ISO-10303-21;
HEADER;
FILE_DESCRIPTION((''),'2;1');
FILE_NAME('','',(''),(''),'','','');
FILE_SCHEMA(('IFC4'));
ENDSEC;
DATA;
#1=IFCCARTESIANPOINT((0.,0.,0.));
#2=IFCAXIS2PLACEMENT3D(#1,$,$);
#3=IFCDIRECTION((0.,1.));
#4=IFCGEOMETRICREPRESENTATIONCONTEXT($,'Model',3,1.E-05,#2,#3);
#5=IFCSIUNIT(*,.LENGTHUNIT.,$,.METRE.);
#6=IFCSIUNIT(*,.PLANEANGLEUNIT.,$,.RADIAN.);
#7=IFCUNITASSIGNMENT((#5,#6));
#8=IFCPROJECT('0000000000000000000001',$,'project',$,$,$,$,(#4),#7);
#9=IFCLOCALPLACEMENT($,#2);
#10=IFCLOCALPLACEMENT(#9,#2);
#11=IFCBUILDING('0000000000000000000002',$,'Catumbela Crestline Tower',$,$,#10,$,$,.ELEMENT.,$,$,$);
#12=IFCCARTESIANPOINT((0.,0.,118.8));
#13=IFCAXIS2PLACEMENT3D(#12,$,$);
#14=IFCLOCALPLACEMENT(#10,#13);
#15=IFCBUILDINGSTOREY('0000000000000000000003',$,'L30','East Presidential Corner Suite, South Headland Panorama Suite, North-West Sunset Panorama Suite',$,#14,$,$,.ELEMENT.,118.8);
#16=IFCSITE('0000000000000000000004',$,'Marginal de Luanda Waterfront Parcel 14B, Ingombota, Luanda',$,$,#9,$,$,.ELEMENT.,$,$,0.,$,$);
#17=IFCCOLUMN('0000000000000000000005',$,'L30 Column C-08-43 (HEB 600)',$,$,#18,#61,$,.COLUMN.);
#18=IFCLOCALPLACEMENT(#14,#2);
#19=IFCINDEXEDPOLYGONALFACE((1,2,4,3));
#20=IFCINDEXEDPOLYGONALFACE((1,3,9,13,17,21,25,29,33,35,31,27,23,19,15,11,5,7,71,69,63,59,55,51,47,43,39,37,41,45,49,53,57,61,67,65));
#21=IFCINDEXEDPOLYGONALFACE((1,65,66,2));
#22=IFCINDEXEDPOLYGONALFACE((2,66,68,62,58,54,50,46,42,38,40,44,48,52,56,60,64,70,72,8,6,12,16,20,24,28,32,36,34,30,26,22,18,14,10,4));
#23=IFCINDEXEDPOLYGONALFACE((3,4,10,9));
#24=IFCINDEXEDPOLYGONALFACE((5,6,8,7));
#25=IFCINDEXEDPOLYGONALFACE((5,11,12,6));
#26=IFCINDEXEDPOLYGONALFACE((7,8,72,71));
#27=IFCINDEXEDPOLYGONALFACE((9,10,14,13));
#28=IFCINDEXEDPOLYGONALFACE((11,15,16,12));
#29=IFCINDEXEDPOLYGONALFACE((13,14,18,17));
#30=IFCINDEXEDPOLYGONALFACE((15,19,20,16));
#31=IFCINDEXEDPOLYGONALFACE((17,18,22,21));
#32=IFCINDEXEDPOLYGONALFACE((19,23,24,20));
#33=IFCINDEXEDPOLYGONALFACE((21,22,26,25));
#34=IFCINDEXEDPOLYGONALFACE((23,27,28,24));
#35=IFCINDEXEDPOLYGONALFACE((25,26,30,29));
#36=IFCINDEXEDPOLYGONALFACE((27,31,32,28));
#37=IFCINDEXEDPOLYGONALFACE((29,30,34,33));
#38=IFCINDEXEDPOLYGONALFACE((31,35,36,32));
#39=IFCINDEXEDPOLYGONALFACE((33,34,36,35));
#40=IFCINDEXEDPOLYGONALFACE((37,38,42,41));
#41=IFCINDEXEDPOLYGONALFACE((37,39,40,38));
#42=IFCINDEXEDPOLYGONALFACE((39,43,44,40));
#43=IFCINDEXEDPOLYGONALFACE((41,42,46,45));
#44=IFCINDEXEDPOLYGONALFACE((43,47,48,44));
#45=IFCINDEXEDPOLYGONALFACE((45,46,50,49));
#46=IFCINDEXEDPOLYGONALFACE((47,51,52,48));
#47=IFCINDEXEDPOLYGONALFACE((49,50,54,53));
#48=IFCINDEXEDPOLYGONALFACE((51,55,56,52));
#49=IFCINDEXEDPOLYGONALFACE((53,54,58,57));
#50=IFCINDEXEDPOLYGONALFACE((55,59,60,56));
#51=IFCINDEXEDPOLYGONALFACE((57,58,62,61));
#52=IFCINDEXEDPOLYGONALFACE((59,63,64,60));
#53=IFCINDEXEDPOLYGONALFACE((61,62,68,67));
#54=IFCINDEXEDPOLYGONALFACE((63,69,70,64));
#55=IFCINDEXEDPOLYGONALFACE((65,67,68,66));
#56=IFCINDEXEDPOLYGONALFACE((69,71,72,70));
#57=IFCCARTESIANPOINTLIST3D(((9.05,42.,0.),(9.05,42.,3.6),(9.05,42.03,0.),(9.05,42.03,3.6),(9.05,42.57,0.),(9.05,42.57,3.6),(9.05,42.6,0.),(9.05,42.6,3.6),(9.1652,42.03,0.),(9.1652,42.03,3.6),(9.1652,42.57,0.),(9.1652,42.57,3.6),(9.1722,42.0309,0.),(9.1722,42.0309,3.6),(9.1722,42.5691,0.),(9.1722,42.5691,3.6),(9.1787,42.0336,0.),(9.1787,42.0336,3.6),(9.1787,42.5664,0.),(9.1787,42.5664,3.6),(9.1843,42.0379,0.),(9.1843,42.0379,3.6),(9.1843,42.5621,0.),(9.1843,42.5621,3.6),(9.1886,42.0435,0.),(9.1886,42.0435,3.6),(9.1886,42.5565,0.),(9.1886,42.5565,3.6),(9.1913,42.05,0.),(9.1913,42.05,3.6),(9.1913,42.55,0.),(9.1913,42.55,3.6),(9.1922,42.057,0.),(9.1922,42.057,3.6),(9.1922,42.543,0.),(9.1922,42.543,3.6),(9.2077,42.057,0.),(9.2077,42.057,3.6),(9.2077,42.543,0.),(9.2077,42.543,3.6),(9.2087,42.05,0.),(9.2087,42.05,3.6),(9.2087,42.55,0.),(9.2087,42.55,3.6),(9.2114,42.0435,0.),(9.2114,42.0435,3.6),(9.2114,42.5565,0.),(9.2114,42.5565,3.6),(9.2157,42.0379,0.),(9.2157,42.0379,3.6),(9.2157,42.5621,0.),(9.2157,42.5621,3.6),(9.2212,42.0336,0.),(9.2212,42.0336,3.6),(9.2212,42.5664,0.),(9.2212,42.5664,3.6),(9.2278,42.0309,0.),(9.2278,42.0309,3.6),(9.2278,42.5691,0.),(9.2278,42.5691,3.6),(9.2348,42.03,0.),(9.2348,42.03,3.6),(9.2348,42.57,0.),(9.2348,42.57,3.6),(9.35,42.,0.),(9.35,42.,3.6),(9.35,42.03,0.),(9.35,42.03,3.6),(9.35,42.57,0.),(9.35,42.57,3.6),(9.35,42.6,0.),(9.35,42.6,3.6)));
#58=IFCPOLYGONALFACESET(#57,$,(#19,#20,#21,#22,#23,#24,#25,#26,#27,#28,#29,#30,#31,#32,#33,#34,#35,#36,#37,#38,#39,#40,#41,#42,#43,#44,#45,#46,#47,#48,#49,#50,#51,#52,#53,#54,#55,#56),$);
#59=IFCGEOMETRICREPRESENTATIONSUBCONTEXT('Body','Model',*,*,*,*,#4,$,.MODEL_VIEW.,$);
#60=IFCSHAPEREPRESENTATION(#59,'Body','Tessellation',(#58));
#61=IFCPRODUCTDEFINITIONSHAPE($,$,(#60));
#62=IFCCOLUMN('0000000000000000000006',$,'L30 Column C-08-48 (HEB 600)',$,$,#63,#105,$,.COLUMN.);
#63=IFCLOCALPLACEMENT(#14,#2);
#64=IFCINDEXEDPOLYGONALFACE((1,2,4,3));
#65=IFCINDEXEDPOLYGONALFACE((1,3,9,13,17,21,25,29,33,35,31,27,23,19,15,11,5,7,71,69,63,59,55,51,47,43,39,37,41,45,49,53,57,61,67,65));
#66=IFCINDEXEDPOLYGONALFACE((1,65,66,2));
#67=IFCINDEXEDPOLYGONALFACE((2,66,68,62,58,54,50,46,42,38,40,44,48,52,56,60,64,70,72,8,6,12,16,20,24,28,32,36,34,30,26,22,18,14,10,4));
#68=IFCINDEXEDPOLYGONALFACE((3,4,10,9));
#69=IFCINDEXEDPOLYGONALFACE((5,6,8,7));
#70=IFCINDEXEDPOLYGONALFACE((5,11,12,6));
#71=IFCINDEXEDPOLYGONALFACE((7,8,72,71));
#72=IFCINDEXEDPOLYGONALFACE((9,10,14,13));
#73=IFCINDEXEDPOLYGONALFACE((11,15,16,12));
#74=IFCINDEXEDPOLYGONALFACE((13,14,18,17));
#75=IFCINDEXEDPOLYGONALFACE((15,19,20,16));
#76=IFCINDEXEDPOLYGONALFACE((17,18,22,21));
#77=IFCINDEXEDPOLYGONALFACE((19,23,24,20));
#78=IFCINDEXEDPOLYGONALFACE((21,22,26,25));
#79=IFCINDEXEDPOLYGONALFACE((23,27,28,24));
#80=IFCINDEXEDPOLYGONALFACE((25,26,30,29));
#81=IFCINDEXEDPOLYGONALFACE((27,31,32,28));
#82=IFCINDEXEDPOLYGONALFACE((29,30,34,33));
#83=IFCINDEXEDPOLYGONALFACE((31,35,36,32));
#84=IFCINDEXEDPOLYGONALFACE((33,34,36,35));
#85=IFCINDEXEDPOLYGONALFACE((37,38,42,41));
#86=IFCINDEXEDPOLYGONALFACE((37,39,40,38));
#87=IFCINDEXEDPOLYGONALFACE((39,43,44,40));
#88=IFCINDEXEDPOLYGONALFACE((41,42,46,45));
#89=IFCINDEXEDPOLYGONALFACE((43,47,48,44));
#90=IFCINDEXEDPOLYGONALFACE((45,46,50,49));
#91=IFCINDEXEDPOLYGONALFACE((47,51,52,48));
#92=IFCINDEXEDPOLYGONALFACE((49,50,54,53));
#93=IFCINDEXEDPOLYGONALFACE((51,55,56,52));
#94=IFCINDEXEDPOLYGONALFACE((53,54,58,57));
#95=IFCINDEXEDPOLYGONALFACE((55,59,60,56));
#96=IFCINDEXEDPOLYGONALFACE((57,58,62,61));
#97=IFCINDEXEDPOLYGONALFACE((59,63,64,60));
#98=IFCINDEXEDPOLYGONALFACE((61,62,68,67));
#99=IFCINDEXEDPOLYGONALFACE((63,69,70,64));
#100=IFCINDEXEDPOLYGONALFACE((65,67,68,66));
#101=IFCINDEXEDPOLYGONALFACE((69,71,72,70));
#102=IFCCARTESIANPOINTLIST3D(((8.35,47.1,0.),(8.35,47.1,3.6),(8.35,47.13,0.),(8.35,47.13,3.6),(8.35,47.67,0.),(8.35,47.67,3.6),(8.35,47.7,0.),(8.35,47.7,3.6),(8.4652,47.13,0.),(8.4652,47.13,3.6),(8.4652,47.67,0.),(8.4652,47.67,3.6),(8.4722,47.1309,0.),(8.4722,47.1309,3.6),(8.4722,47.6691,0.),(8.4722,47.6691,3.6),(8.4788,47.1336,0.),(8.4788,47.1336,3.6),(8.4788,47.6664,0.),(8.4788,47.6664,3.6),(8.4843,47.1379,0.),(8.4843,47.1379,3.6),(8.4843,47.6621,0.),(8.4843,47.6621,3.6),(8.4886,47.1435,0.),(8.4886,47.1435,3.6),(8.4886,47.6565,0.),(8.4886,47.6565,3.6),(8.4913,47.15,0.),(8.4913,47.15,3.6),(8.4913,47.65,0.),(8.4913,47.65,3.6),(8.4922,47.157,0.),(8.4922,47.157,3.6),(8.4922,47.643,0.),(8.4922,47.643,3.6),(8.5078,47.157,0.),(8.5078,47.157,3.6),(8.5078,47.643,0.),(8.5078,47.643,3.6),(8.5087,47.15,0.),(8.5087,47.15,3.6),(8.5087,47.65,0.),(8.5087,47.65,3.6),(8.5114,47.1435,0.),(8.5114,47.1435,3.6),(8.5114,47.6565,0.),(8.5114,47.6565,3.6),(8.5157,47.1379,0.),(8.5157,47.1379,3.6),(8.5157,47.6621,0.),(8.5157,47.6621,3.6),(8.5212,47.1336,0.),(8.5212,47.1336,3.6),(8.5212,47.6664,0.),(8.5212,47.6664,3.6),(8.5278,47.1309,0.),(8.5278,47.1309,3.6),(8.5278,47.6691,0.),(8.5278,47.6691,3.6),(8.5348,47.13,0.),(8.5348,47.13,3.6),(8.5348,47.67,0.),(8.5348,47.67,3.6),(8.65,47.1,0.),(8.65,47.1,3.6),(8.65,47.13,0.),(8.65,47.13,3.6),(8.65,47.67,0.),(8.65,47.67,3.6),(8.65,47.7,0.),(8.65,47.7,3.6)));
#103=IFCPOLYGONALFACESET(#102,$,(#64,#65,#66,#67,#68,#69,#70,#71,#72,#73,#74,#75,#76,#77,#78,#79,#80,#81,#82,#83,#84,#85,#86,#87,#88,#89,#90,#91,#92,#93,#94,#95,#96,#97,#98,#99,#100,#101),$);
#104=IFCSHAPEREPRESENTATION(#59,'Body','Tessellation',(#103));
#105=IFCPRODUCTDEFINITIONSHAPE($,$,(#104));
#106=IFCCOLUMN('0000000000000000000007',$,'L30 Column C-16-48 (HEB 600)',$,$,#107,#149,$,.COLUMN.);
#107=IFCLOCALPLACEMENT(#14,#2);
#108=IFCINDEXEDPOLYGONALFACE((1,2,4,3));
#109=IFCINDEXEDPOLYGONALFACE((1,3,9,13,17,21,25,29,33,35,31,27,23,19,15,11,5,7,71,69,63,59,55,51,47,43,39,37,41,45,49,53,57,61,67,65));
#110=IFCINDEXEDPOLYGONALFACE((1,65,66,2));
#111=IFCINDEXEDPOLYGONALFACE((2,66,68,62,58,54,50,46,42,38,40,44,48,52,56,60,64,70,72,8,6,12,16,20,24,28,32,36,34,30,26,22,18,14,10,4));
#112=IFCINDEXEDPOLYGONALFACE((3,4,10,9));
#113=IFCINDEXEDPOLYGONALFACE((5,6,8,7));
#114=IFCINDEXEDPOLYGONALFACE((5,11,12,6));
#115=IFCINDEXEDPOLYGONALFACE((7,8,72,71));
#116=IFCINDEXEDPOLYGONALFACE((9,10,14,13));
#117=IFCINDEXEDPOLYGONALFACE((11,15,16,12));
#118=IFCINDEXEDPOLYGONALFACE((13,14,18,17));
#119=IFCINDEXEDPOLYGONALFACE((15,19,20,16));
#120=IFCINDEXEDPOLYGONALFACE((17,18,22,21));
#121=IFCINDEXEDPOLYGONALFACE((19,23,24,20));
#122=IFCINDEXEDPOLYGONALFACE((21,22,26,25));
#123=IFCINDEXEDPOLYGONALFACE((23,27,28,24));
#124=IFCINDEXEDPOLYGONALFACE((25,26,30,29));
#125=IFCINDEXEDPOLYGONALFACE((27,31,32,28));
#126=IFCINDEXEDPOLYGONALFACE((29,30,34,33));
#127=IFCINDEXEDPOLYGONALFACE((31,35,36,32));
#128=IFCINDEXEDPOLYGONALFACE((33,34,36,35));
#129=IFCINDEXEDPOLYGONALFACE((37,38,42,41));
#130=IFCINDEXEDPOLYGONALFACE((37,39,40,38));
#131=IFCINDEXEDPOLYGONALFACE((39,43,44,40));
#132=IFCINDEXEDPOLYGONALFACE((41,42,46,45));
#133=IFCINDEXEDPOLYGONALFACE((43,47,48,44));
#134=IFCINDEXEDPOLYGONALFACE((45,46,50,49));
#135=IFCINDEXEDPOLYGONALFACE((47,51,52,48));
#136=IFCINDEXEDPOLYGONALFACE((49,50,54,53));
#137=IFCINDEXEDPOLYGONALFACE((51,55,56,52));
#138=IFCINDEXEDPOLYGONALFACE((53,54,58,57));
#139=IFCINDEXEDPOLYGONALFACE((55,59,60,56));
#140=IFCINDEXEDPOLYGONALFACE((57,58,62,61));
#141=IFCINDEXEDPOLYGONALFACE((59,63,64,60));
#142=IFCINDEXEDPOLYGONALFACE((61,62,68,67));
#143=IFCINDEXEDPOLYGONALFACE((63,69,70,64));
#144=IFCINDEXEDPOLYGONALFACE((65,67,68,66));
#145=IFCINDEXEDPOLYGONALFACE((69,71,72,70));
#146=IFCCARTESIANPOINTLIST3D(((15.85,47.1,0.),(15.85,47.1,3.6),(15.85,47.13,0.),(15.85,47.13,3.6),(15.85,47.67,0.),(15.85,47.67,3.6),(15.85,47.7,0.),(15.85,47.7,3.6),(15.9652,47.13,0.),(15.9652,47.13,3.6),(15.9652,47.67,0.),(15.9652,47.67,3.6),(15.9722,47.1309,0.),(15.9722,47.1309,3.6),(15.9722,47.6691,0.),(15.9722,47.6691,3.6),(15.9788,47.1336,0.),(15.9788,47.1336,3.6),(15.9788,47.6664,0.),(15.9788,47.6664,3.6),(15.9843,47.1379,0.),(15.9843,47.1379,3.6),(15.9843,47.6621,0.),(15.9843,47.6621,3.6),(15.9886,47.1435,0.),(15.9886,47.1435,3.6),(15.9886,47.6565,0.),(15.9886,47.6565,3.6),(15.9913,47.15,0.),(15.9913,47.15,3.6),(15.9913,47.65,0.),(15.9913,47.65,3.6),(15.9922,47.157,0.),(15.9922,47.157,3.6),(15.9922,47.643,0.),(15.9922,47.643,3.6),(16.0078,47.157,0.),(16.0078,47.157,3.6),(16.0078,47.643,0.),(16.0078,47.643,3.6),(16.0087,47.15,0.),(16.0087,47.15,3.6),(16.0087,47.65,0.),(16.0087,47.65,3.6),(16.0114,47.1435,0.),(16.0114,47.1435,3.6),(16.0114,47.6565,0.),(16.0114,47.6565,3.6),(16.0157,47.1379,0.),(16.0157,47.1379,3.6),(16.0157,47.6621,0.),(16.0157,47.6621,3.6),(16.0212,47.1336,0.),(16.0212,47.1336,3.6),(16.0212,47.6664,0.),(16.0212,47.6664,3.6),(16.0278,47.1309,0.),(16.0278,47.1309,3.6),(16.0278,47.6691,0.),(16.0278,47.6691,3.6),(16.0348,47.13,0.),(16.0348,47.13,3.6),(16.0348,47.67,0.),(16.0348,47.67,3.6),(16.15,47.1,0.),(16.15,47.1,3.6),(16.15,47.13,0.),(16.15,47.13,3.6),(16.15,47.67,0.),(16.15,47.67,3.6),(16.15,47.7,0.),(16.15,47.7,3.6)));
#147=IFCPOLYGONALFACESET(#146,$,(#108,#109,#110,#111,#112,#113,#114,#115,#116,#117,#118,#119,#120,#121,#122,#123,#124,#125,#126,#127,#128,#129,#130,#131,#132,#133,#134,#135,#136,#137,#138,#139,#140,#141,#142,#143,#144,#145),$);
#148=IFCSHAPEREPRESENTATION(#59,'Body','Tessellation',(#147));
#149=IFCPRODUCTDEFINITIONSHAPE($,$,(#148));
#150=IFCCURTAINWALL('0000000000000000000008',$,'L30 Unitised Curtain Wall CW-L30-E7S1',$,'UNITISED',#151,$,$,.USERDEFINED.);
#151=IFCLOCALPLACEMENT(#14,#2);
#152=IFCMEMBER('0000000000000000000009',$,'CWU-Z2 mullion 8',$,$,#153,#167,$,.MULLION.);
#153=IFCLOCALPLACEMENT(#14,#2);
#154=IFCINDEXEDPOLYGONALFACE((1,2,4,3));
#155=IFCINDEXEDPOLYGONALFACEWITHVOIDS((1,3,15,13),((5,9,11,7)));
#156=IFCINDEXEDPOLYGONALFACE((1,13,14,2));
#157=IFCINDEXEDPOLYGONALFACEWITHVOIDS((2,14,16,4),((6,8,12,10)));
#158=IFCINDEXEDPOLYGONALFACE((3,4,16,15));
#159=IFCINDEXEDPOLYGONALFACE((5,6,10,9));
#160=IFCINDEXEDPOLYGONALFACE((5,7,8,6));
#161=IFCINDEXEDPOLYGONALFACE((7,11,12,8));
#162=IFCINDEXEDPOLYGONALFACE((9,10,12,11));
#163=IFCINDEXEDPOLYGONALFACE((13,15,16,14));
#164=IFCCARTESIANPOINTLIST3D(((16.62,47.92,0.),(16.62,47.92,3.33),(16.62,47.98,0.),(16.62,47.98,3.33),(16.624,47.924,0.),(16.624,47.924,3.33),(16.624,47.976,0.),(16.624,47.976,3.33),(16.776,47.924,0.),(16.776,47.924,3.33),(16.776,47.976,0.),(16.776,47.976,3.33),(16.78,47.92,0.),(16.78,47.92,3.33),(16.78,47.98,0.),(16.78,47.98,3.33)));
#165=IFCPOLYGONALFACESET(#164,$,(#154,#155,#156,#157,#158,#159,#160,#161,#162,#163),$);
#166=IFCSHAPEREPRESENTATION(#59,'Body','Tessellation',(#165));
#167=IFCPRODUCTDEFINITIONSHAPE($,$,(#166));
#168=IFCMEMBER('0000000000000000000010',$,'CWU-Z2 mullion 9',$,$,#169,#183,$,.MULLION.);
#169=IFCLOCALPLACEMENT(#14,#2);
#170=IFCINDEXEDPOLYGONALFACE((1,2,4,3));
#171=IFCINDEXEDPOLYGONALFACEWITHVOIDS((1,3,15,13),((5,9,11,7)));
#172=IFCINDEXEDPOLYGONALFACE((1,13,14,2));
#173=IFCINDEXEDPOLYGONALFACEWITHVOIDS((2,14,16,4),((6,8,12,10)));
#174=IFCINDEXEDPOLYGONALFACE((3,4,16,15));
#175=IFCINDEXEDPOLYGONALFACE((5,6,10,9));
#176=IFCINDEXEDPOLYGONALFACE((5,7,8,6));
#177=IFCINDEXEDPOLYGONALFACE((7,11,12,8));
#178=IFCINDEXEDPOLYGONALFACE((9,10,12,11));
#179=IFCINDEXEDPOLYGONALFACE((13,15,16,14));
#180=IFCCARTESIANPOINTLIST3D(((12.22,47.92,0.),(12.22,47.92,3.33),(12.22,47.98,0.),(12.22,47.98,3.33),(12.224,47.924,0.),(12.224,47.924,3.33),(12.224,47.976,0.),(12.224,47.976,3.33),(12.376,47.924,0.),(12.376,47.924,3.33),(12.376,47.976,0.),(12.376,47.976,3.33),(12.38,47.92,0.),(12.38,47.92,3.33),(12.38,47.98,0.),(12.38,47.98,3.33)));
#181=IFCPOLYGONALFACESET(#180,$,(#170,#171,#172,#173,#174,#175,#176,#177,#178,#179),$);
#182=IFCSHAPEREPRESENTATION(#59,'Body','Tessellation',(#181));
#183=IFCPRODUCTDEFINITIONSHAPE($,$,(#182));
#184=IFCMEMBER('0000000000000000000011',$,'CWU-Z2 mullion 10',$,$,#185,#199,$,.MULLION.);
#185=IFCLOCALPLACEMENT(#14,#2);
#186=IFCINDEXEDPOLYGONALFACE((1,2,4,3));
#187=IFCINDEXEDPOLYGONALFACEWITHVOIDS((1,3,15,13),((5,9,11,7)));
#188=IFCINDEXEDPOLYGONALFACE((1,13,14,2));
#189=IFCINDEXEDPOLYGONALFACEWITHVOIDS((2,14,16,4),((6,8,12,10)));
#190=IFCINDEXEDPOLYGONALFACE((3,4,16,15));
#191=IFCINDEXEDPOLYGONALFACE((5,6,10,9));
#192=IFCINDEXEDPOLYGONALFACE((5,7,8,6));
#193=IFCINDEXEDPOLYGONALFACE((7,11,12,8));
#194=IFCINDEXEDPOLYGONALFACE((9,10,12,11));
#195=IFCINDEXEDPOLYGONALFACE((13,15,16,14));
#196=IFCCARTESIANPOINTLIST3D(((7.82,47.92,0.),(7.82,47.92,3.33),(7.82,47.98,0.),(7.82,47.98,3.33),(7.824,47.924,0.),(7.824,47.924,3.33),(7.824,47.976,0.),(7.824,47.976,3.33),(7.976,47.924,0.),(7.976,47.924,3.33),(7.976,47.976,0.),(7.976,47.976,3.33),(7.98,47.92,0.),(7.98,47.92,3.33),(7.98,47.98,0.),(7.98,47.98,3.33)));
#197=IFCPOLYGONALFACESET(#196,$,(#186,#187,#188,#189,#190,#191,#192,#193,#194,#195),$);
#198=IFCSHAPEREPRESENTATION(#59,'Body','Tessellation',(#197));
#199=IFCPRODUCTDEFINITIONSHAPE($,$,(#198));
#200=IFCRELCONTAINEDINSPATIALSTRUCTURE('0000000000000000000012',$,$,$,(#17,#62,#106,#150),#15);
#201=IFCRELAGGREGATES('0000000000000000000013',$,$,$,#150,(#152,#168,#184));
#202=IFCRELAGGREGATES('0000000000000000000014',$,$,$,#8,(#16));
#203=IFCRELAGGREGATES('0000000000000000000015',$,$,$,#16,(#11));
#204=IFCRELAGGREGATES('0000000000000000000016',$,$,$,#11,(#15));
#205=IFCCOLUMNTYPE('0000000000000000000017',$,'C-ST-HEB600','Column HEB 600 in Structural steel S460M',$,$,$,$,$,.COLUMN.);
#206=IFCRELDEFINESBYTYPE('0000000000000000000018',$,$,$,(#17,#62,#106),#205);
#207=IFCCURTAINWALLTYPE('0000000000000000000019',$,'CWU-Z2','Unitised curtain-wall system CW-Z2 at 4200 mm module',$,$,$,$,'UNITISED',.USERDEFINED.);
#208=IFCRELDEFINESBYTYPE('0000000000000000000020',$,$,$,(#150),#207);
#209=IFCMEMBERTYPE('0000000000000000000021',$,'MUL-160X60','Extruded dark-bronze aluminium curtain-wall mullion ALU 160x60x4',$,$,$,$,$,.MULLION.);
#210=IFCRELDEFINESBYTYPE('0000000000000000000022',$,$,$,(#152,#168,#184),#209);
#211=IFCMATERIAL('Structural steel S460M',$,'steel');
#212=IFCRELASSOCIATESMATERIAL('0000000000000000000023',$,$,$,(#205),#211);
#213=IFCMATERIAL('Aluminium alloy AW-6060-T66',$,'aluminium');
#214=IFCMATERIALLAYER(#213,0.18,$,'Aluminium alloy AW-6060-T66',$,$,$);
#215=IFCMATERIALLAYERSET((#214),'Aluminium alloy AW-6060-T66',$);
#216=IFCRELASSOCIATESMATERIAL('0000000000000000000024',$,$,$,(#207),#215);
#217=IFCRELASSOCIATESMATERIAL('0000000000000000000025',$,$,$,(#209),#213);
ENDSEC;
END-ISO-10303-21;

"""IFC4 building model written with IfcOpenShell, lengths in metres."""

from ifc_helpers import new_model, si_unit, direction, frame, origin, origin_2d, place, context, subcontext, project, spatial, hollow_rectangle, i_section, extrude, material, layer, layer_set, material_profile, profile_set, type_object, element, aggregate, save


model = new_model("IFC4")

# Units and contexts
model_context = context("Model", 3, precision=1e-05, world=origin(), true_north=direction((0.0, 1.0)))
body_context = subcontext(model_context, "Body", "Model", "MODEL_VIEW")
ifc_project = project(units=[si_unit("LENGTHUNIT", "METRE"), si_unit("PLANEANGLEUNIT", "RADIAN")], contexts=[model_context])

# Site, building, storey
site_placement = place(None, origin())
site = spatial("IfcSite", under=ifc_project, at=site_placement, Name="Marginal de Luanda Waterfront Parcel 14B, Ingombota, Luanda", CompositionType="ELEMENT", RefElevation=0.0)
building_placement = place(site_placement, origin())
building = spatial("IfcBuilding", under=site, at=building_placement, Name="Catumbela Crestline Tower", CompositionType="ELEMENT")
storey_placement = place(building_placement, frame((0.0, 0.0, 118.8)))
storey = spatial("IfcBuildingStorey", under=building, at=storey_placement, Name="L30", Description="East Presidential Corner Suite, South Headland Panorama Suite, North-West Sunset Panorama Suite", CompositionType="ELEMENT", Elevation=118.8)

# Columns
ifc_material_1 = material(Name="Structural steel S460M", Category="steel")
ifc_material_profile_1 = material_profile(ifc_material_1, i_section(OverallWidth=0.3, OverallDepth=0.6, WebThickness=0.0155, FlangeThickness=0.03, FilletRadius=0.027, at=origin_2d()), Name="HEB 600")
ifc_profile_set_1 = profile_set([ifc_material_profile_1], Name="Structural steel S460M")
column_type = type_object("IfcColumnType", Name="C-ST-HEB600", Description="Column HEB 600 in Structural steel S460M", PredefinedType="COLUMN", material=ifc_profile_set_1)
for number, where, z_axis, x_axis, name in (
    (1, (9.2, 42.3, 0.0), (0.0, 0.0, 1.0), (1.0, 0.0, 0.0), "L30 Column C-08-43 (HEB 600)"),
    (2, (8.5, 47.4, 0.0), (0.0, 0.0, 1.0), (1.0, 0.0, 0.0), "L30 Column C-08-48 (HEB 600)"),
    (3, (16.0, 47.4, 0.0), (0.0, 0.0, 1.0), (1.0, 0.0, 0.0), "L30 Column C-16-48 (HEB 600)"),
):
    element("IfcColumn", number, at=place(storey_placement, frame(where, z_axis=z_axis, x_axis=x_axis)), inside=storey, type_object=column_type, Name=name, PredefinedType="COLUMN", context=body_context, shape_type="SweptSolid", body=[
        extrude(i_section(OverallWidth=0.3, OverallDepth=0.6, WebThickness=0.0155, FlangeThickness=0.03, FilletRadius=0.027, at=origin_2d()), origin(), (0.0, 0.0, 1.0), 3.6),
    ])

# Curtain wall, members
ifc_material_2 = material(Name="Aluminium alloy AW-6060-T66", Category="aluminium")
ifc_layer_1 = layer(ifc_material_2, 0.18, Name="Aluminium alloy AW-6060-T66")
ifc_layer_set_1 = layer_set([ifc_layer_1], Name="Aluminium alloy AW-6060-T66")
curtain_wall_type = type_object("IfcCurtainWallType", Name="CWU-Z2", Description="Unitised curtain-wall system CW-Z2 at 4200 mm module", ElementType="UNITISED", PredefinedType="USERDEFINED", material=ifc_layer_set_1)
curtain_wall_placement = place(storey_placement, origin())
curtain_wall = element("IfcCurtainWall", 4, at=curtain_wall_placement, inside=storey, type_object=curtain_wall_type, Name="L30 Unitised Curtain Wall CW-L30-E7S1", ObjectType="UNITISED", PredefinedType="USERDEFINED")
ifc_material_profile_2 = material_profile(ifc_material_2, hollow_rectangle(XDim=0.06, YDim=0.16, WallThickness=0.004, at=origin_2d()), Name="ALU 160x60x4")
ifc_profile_set_2 = profile_set([ifc_material_profile_2], Name="Aluminium alloy AW-6060-T66")
member_type_1 = type_object("IfcMemberType", Name="MUL-160X60", Description="Extruded dark-bronze aluminium curtain-wall mullion ALU 160x60x4", PredefinedType="MULLION", material=ifc_profile_set_2)
member_1_placement = place(storey_placement, frame((16.7, 47.95, 0.0), z_axis=(0.0, 0.0, 1.0), x_axis=(0.0, -1.0, 0.0)))
member_1 = element("IfcMember", 5, at=member_1_placement, type_object=member_type_1, Name="CWU-Z2 mullion 8", PredefinedType="MULLION", context=body_context, shape_type="SweptSolid", body=[
    extrude(hollow_rectangle(XDim=0.06, YDim=0.16, WallThickness=0.004, at=origin_2d()), origin(), (0.0, 0.0, 1.0), 3.33),
])
member_2_placement = place(storey_placement, frame((12.3, 47.95, 0.0), z_axis=(0.0, 0.0, 1.0), x_axis=(0.0, -1.0, 0.0)))
member_2 = element("IfcMember", 6, at=member_2_placement, type_object=member_type_1, Name="CWU-Z2 mullion 9", PredefinedType="MULLION", context=body_context, shape_type="SweptSolid", body=[
    extrude(hollow_rectangle(XDim=0.06, YDim=0.16, WallThickness=0.004, at=origin_2d()), origin(), (0.0, 0.0, 1.0), 3.33),
])
member_3_placement = place(storey_placement, frame((7.9, 47.95, 0.0), z_axis=(0.0, 0.0, 1.0), x_axis=(0.0, -1.0, 0.0)))
member_3 = element("IfcMember", 7, at=member_3_placement, type_object=member_type_1, Name="CWU-Z2 mullion 10", PredefinedType="MULLION", context=body_context, shape_type="SweptSolid", body=[
    extrude(hollow_rectangle(XDim=0.06, YDim=0.16, WallThickness=0.004, at=origin_2d()), origin(), (0.0, 0.0, 1.0), 3.33),
])

aggregate(curtain_wall, [member_1, member_2, member_3])

save(model, "model.ifc")
